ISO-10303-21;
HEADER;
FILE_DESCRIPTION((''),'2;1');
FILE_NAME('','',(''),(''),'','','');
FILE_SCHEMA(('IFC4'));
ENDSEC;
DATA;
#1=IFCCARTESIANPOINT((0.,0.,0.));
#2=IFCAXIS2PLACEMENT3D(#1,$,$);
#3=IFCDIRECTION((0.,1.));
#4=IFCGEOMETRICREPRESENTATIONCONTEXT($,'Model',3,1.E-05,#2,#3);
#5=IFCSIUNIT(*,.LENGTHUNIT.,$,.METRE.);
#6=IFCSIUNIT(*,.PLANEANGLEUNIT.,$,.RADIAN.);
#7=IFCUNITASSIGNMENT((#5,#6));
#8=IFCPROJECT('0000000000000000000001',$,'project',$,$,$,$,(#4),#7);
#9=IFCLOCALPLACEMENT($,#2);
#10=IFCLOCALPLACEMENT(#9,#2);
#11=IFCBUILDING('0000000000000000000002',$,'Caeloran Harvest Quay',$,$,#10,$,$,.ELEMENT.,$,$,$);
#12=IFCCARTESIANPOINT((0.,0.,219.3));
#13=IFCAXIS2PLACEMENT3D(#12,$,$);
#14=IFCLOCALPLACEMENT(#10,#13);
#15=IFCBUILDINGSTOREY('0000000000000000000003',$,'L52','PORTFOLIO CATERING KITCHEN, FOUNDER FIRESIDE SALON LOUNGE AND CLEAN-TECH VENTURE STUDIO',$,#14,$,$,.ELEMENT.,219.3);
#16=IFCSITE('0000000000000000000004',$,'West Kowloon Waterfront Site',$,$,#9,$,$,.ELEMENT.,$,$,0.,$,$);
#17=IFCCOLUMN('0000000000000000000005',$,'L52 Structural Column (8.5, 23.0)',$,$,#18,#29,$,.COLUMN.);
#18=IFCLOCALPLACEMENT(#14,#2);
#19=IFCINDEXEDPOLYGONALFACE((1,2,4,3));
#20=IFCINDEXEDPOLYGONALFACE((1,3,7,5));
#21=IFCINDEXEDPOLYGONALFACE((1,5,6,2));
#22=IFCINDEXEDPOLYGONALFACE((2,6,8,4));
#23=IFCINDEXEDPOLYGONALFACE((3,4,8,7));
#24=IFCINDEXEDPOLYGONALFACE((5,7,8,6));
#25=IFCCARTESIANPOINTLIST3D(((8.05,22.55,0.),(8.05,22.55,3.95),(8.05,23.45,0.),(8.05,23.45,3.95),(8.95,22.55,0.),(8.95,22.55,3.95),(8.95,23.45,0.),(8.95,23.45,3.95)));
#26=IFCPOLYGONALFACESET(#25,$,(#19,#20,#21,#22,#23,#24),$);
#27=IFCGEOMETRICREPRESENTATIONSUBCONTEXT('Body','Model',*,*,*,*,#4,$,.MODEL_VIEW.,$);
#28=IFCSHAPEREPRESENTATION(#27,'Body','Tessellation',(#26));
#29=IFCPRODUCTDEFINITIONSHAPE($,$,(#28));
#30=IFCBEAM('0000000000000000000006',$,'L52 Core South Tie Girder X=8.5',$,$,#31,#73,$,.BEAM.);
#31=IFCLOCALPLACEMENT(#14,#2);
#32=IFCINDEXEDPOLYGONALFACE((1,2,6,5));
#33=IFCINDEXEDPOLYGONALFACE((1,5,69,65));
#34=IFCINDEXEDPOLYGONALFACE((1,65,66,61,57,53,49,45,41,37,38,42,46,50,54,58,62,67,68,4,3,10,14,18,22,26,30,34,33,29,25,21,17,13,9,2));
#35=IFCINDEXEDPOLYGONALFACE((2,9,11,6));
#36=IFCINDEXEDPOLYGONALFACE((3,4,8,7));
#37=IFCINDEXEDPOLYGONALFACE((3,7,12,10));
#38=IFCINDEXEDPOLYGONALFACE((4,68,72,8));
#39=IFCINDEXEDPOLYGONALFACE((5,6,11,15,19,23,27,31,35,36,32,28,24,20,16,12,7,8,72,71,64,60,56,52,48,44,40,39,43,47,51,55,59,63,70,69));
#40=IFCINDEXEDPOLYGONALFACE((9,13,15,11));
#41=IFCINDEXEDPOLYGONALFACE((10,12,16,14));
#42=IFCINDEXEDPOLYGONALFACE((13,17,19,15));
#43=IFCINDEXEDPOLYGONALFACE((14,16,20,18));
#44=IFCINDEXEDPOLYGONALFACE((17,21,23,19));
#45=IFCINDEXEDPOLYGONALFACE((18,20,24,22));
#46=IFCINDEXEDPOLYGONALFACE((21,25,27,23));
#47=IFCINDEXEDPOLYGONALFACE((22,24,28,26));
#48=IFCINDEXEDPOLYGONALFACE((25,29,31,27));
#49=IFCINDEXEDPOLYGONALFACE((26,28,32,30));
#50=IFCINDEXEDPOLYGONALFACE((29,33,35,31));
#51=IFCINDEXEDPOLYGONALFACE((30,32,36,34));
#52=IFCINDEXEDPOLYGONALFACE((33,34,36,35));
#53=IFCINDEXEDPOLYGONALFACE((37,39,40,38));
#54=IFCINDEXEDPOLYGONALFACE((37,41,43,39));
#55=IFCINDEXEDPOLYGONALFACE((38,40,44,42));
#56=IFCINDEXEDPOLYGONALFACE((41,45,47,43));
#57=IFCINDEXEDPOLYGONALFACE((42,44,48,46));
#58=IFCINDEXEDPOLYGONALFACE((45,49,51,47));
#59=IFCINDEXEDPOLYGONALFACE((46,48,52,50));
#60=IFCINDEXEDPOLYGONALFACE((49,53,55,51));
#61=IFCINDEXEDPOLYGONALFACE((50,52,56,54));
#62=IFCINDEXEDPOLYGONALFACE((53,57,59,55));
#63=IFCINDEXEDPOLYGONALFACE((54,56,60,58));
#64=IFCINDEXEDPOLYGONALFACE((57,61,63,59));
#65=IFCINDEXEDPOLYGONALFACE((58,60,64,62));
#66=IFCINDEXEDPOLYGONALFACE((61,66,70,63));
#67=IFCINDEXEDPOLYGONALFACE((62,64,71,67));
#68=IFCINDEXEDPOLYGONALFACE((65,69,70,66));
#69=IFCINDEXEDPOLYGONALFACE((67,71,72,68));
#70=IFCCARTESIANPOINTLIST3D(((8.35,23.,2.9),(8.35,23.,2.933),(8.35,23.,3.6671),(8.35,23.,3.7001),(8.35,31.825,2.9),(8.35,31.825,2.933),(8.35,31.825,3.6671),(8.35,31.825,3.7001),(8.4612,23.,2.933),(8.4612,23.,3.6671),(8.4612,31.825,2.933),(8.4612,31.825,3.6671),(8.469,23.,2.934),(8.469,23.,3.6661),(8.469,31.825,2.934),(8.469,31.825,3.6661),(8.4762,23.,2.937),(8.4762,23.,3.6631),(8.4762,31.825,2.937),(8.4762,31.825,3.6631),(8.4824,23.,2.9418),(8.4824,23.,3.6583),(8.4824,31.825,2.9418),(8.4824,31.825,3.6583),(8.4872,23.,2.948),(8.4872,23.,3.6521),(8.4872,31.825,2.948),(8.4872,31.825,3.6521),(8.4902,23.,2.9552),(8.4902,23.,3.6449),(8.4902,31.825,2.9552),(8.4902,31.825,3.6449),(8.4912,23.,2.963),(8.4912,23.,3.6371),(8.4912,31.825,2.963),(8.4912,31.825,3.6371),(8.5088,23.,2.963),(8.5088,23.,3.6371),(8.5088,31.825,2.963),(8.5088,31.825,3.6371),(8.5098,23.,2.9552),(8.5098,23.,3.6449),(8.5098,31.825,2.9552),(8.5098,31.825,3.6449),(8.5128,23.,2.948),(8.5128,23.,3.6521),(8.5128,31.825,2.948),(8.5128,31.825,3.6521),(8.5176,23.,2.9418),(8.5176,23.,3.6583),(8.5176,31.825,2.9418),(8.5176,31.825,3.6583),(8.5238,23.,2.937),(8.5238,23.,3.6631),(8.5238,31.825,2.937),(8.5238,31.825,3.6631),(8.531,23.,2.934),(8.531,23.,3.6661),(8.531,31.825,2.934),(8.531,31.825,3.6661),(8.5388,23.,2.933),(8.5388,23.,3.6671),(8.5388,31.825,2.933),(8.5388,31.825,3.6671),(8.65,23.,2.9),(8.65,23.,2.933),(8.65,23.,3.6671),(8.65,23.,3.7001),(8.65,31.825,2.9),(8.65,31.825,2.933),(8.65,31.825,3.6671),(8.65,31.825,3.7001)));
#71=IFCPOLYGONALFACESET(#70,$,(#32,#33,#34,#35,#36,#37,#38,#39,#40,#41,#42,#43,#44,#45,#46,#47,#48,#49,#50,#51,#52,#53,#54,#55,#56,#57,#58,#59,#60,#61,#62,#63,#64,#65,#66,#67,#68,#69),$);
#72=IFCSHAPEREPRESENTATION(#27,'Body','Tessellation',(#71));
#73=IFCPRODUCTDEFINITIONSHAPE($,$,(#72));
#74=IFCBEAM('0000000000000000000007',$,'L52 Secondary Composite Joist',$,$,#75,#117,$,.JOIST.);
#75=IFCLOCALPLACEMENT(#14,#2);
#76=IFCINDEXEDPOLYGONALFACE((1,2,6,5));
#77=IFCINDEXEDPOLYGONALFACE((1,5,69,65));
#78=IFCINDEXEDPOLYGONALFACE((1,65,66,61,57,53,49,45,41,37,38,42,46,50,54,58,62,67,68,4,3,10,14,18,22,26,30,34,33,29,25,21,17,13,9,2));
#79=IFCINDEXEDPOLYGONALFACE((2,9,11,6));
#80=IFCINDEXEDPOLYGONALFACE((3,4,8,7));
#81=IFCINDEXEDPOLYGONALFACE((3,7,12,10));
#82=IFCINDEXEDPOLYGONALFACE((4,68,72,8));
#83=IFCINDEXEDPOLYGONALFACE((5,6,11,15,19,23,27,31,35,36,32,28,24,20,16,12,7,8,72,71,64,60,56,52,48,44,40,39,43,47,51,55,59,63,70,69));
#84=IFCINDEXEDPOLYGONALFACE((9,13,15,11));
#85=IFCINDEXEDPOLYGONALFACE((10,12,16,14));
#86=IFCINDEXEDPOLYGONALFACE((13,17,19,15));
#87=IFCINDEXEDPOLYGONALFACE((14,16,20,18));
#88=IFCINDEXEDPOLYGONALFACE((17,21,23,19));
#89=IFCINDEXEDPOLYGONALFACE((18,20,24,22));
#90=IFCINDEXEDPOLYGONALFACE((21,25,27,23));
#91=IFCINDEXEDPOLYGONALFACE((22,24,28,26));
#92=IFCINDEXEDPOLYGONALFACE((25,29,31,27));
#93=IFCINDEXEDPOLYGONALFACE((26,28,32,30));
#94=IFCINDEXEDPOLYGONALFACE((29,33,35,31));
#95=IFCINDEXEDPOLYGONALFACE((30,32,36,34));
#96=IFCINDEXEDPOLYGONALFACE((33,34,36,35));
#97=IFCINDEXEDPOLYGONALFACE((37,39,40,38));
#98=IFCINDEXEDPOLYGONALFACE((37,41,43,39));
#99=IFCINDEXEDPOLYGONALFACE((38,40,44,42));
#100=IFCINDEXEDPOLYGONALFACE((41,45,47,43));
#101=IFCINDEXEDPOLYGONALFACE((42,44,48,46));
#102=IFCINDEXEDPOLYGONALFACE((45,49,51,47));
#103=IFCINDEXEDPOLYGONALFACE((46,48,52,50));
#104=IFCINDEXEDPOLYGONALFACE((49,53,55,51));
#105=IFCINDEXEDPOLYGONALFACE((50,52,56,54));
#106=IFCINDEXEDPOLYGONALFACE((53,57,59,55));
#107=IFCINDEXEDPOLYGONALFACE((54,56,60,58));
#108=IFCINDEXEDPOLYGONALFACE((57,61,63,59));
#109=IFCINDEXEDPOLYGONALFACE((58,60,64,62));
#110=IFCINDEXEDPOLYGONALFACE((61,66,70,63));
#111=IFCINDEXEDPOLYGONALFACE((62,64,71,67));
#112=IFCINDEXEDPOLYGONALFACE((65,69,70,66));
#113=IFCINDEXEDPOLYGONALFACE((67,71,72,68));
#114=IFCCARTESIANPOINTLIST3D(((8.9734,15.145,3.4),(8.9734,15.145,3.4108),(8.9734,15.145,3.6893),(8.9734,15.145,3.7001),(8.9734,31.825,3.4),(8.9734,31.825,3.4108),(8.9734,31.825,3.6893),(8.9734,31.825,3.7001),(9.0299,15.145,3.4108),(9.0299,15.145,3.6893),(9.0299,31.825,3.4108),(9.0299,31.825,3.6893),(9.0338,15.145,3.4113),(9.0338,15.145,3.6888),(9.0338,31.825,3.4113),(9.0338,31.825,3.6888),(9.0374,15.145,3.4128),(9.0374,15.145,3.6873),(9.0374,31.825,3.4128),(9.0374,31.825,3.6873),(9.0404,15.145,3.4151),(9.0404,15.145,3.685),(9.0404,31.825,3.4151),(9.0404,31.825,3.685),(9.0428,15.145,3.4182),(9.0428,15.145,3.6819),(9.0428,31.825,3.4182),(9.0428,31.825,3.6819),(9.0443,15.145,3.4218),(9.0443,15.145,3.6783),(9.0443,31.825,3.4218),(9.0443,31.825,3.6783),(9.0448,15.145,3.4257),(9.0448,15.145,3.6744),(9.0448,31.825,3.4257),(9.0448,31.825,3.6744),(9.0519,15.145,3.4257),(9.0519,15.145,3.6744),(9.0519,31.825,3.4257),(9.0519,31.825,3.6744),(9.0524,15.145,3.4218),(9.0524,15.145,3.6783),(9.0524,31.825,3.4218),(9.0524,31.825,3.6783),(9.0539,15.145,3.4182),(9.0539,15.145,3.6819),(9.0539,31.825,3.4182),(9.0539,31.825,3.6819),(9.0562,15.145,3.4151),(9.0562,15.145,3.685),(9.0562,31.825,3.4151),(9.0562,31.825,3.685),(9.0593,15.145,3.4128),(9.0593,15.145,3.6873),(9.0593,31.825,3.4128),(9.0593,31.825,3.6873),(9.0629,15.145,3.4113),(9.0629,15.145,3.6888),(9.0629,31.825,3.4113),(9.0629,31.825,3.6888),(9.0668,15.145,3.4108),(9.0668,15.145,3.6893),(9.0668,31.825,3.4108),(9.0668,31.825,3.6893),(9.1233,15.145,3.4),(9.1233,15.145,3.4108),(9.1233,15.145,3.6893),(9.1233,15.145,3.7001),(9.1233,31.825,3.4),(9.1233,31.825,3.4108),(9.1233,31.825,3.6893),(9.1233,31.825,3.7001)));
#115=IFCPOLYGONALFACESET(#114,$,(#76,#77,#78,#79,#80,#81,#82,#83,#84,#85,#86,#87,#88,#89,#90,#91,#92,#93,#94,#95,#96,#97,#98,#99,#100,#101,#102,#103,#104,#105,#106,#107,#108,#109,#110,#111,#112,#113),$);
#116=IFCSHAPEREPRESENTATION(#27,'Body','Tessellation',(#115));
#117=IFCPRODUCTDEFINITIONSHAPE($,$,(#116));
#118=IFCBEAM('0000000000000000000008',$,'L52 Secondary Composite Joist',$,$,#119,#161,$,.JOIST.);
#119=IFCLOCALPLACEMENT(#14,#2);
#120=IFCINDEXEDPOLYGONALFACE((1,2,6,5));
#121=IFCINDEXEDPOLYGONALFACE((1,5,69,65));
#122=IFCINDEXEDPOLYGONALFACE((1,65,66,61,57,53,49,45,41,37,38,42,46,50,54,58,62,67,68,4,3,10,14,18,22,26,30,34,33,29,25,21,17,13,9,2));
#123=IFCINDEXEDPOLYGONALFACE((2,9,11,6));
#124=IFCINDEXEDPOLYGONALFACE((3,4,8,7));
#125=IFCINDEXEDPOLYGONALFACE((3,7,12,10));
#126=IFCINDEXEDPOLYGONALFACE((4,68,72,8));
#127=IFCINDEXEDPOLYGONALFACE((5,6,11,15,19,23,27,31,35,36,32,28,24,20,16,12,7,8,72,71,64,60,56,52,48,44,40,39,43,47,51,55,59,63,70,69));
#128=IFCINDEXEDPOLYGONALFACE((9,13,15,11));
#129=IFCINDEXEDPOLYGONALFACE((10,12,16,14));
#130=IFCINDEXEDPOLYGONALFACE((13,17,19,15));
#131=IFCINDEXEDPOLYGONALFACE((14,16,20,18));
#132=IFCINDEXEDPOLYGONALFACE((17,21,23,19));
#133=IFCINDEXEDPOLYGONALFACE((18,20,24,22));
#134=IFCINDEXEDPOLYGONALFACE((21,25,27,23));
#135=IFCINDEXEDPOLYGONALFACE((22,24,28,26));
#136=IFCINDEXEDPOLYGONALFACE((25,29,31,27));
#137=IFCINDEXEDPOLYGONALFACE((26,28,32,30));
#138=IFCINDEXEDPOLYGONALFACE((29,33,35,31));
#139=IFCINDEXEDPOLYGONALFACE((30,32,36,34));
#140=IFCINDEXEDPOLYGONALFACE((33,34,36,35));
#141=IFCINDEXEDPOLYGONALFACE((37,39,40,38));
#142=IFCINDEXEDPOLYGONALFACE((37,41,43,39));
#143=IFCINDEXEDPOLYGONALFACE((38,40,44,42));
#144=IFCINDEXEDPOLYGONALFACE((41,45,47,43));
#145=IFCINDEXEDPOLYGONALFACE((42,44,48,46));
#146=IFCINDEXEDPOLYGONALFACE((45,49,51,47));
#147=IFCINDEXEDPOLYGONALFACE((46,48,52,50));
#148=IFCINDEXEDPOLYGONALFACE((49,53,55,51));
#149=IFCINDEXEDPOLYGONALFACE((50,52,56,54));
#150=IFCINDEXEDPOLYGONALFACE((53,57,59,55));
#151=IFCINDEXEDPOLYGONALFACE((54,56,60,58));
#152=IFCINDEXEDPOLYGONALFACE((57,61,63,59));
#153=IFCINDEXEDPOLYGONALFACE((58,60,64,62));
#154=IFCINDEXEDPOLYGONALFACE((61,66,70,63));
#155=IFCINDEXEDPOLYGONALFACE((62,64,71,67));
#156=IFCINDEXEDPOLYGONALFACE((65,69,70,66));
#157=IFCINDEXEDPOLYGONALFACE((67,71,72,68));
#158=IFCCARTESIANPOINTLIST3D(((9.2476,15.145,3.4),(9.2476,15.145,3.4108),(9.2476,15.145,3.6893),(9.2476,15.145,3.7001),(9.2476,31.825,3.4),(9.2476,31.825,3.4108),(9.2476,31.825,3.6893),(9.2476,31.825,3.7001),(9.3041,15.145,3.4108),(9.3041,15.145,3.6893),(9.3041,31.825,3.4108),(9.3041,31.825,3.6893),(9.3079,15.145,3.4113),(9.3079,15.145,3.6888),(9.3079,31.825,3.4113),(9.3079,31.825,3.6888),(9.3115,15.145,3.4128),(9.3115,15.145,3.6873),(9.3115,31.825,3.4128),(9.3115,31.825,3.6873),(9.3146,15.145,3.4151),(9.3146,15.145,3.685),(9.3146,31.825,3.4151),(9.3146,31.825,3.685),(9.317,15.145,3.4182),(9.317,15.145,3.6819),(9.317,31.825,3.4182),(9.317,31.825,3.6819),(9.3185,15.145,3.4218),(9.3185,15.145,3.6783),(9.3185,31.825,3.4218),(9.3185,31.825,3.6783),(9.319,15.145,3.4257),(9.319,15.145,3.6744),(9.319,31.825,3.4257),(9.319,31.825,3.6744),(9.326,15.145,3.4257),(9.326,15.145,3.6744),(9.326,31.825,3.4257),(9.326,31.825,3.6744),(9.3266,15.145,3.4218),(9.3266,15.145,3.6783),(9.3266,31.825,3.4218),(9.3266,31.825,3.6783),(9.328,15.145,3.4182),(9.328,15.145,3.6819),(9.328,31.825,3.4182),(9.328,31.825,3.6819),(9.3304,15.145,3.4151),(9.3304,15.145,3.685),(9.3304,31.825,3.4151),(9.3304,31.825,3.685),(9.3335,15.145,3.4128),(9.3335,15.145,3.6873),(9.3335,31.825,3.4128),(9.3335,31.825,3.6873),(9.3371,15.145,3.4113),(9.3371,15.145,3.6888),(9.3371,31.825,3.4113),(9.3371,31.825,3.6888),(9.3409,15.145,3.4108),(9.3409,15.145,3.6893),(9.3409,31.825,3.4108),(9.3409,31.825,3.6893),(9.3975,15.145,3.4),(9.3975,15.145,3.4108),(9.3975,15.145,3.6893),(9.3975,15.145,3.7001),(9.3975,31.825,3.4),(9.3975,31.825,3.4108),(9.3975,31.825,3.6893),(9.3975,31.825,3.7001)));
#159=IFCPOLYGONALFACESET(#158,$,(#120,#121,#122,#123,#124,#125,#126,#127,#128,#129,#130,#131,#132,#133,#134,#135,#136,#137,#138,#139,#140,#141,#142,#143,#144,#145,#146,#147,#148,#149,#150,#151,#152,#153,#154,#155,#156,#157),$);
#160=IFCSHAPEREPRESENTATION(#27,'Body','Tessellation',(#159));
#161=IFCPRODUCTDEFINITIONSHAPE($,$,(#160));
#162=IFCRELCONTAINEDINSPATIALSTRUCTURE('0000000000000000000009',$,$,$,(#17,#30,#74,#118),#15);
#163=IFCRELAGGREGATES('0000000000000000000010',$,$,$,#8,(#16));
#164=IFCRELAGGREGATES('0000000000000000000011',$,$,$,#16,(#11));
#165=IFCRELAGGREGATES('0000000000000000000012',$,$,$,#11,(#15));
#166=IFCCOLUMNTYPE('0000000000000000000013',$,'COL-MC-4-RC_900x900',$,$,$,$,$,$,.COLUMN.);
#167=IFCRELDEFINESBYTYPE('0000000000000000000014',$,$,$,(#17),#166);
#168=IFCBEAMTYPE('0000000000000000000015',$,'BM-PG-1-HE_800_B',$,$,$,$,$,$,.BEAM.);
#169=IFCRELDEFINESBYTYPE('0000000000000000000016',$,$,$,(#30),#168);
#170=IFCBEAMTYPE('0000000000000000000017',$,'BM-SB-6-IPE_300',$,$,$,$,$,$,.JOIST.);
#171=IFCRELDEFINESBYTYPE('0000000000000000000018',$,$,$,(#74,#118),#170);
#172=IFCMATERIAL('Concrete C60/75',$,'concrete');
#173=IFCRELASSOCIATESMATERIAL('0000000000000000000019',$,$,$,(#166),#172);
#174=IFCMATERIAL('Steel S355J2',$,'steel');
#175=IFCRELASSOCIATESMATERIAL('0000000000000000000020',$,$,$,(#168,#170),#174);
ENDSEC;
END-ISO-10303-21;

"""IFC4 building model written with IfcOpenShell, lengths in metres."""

from ifc_helpers import new_model, si_unit, direction, frame, origin, origin_2d, place, context, subcontext, project, spatial, rectangle, i_section, extrude, material, material_profile, profile_set, type_object, element, save


model = new_model("IFC4")

# Units and contexts
model_context = context("Model", 3, precision=1e-05, world=origin(), true_north=direction((0.0, 1.0)))
body_context = subcontext(model_context, "Body", "Model", "MODEL_VIEW")
ifc_project = project(units=[si_unit("LENGTHUNIT", "METRE"), si_unit("PLANEANGLEUNIT", "RADIAN")], contexts=[model_context])

# Site, building, storey
site_placement = place(None, origin())
site = spatial("IfcSite", under=ifc_project, at=site_placement, Name="West Kowloon Waterfront Site", CompositionType="ELEMENT", RefElevation=0.0)
building_placement = place(site_placement, origin())
building = spatial("IfcBuilding", under=site, at=building_placement, Name="Caeloran Harvest Quay", CompositionType="ELEMENT")
storey_placement = place(building_placement, frame((0.0, 0.0, 219.3)))
storey = spatial("IfcBuildingStorey", under=building, at=storey_placement, Name="L52", Description="PORTFOLIO CATERING KITCHEN, FOUNDER FIRESIDE SALON LOUNGE AND CLEAN-TECH VENTURE STUDIO", CompositionType="ELEMENT", Elevation=219.3)

# Column
ifc_material_1 = material(Name="Concrete C60/75", Category="concrete")
ifc_material_profile_1 = material_profile(ifc_material_1, rectangle(XDim=0.8999, YDim=0.8999, at=origin_2d()), Name="RC 900x900")
ifc_profile_set_1 = profile_set([ifc_material_profile_1], Name="Concrete C60/75")
column_type = type_object("IfcColumnType", Name="COL-MC-4-RC_900x900", PredefinedType="COLUMN", material=ifc_profile_set_1)
column_placement = place(storey_placement, frame((8.5, 23.0, 0.0), z_axis=(0.0, 0.0, 1.0), x_axis=(1.0, 0.0, 0.0)))
element("IfcColumn", 1, at=column_placement, inside=storey, type_object=column_type, Name="L52 Structural Column (8.5, 23.0)", PredefinedType="COLUMN", context=body_context, shape_type="SweptSolid", body=[
    extrude(rectangle(XDim=0.8999, YDim=0.8999, at=origin_2d()), origin(), (0.0, 0.0, 1.0), 3.95),
])

# Beams
ifc_material_2 = material(Name="Steel S355J2", Category="steel")
ifc_material_profile_2 = material_profile(ifc_material_2, i_section(OverallWidth=0.3, OverallDepth=0.8, WebThickness=0.0176, FlangeThickness=0.033, FilletRadius=0.03, at=origin_2d()), Name="HE 800 B")
ifc_profile_set_2 = profile_set([ifc_material_profile_2], Name="Steel S355J2")
beam_type_1 = type_object("IfcBeamType", Name="BM-PG-1-HE_800_B", PredefinedType="BEAM", material=ifc_profile_set_2)
beam_1_placement = place(storey_placement, frame((8.5, 23.0, 3.3), z_axis=(0.0, 1.0, 0.0), x_axis=(-1.0, 0.0, 0.0)))
element("IfcBeam", 2, at=beam_1_placement, inside=storey, type_object=beam_type_1, Name="L52 Core South Tie Girder X=8.5", PredefinedType="BEAM", context=body_context, shape_type="SweptSolid", body=[
    extrude(i_section(OverallWidth=0.3, OverallDepth=0.8, WebThickness=0.0176, FlangeThickness=0.033, FilletRadius=0.03, at=origin_2d()), origin(), (0.0, 0.0, 1.0), 8.825),
])
ifc_material_profile_3 = material_profile(ifc_material_2, i_section(OverallWidth=0.1499, OverallDepth=0.3, WebThickness=0.0071, FlangeThickness=0.0107, FilletRadius=0.0149, at=origin_2d()), Name="IPE 300")
ifc_profile_set_3 = profile_set([ifc_material_profile_3], Name="Steel S355J2")
beam_type_2 = type_object("IfcBeamType", Name="BM-SB-6-IPE_300", PredefinedType="JOIST", material=ifc_profile_set_3)
for number, where, z_axis, x_axis, name in (
    (3, (9.0483, 15.145, 3.55), (0.0, 1.0, 0.0), (-1.0, 0.0, 0.0), "L52 Secondary Composite Joist"),
    (4, (9.3225, 15.145, 3.55), (0.0, 1.0, 0.0), (-1.0, 0.0, 0.0), "L52 Secondary Composite Joist"),
):
    element("IfcBeam", number, at=place(storey_placement, frame(where, z_axis=z_axis, x_axis=x_axis)), inside=storey, type_object=beam_type_2, Name=name, PredefinedType="JOIST", context=body_context, shape_type="SweptSolid", body=[
        extrude(i_section(OverallWidth=0.1499, OverallDepth=0.3, WebThickness=0.0071, FlangeThickness=0.0107, FilletRadius=0.0149, at=origin_2d()), origin(), (0.0, 0.0, 1.0), 16.6799),
    ])

save(model, "model.ifc")
